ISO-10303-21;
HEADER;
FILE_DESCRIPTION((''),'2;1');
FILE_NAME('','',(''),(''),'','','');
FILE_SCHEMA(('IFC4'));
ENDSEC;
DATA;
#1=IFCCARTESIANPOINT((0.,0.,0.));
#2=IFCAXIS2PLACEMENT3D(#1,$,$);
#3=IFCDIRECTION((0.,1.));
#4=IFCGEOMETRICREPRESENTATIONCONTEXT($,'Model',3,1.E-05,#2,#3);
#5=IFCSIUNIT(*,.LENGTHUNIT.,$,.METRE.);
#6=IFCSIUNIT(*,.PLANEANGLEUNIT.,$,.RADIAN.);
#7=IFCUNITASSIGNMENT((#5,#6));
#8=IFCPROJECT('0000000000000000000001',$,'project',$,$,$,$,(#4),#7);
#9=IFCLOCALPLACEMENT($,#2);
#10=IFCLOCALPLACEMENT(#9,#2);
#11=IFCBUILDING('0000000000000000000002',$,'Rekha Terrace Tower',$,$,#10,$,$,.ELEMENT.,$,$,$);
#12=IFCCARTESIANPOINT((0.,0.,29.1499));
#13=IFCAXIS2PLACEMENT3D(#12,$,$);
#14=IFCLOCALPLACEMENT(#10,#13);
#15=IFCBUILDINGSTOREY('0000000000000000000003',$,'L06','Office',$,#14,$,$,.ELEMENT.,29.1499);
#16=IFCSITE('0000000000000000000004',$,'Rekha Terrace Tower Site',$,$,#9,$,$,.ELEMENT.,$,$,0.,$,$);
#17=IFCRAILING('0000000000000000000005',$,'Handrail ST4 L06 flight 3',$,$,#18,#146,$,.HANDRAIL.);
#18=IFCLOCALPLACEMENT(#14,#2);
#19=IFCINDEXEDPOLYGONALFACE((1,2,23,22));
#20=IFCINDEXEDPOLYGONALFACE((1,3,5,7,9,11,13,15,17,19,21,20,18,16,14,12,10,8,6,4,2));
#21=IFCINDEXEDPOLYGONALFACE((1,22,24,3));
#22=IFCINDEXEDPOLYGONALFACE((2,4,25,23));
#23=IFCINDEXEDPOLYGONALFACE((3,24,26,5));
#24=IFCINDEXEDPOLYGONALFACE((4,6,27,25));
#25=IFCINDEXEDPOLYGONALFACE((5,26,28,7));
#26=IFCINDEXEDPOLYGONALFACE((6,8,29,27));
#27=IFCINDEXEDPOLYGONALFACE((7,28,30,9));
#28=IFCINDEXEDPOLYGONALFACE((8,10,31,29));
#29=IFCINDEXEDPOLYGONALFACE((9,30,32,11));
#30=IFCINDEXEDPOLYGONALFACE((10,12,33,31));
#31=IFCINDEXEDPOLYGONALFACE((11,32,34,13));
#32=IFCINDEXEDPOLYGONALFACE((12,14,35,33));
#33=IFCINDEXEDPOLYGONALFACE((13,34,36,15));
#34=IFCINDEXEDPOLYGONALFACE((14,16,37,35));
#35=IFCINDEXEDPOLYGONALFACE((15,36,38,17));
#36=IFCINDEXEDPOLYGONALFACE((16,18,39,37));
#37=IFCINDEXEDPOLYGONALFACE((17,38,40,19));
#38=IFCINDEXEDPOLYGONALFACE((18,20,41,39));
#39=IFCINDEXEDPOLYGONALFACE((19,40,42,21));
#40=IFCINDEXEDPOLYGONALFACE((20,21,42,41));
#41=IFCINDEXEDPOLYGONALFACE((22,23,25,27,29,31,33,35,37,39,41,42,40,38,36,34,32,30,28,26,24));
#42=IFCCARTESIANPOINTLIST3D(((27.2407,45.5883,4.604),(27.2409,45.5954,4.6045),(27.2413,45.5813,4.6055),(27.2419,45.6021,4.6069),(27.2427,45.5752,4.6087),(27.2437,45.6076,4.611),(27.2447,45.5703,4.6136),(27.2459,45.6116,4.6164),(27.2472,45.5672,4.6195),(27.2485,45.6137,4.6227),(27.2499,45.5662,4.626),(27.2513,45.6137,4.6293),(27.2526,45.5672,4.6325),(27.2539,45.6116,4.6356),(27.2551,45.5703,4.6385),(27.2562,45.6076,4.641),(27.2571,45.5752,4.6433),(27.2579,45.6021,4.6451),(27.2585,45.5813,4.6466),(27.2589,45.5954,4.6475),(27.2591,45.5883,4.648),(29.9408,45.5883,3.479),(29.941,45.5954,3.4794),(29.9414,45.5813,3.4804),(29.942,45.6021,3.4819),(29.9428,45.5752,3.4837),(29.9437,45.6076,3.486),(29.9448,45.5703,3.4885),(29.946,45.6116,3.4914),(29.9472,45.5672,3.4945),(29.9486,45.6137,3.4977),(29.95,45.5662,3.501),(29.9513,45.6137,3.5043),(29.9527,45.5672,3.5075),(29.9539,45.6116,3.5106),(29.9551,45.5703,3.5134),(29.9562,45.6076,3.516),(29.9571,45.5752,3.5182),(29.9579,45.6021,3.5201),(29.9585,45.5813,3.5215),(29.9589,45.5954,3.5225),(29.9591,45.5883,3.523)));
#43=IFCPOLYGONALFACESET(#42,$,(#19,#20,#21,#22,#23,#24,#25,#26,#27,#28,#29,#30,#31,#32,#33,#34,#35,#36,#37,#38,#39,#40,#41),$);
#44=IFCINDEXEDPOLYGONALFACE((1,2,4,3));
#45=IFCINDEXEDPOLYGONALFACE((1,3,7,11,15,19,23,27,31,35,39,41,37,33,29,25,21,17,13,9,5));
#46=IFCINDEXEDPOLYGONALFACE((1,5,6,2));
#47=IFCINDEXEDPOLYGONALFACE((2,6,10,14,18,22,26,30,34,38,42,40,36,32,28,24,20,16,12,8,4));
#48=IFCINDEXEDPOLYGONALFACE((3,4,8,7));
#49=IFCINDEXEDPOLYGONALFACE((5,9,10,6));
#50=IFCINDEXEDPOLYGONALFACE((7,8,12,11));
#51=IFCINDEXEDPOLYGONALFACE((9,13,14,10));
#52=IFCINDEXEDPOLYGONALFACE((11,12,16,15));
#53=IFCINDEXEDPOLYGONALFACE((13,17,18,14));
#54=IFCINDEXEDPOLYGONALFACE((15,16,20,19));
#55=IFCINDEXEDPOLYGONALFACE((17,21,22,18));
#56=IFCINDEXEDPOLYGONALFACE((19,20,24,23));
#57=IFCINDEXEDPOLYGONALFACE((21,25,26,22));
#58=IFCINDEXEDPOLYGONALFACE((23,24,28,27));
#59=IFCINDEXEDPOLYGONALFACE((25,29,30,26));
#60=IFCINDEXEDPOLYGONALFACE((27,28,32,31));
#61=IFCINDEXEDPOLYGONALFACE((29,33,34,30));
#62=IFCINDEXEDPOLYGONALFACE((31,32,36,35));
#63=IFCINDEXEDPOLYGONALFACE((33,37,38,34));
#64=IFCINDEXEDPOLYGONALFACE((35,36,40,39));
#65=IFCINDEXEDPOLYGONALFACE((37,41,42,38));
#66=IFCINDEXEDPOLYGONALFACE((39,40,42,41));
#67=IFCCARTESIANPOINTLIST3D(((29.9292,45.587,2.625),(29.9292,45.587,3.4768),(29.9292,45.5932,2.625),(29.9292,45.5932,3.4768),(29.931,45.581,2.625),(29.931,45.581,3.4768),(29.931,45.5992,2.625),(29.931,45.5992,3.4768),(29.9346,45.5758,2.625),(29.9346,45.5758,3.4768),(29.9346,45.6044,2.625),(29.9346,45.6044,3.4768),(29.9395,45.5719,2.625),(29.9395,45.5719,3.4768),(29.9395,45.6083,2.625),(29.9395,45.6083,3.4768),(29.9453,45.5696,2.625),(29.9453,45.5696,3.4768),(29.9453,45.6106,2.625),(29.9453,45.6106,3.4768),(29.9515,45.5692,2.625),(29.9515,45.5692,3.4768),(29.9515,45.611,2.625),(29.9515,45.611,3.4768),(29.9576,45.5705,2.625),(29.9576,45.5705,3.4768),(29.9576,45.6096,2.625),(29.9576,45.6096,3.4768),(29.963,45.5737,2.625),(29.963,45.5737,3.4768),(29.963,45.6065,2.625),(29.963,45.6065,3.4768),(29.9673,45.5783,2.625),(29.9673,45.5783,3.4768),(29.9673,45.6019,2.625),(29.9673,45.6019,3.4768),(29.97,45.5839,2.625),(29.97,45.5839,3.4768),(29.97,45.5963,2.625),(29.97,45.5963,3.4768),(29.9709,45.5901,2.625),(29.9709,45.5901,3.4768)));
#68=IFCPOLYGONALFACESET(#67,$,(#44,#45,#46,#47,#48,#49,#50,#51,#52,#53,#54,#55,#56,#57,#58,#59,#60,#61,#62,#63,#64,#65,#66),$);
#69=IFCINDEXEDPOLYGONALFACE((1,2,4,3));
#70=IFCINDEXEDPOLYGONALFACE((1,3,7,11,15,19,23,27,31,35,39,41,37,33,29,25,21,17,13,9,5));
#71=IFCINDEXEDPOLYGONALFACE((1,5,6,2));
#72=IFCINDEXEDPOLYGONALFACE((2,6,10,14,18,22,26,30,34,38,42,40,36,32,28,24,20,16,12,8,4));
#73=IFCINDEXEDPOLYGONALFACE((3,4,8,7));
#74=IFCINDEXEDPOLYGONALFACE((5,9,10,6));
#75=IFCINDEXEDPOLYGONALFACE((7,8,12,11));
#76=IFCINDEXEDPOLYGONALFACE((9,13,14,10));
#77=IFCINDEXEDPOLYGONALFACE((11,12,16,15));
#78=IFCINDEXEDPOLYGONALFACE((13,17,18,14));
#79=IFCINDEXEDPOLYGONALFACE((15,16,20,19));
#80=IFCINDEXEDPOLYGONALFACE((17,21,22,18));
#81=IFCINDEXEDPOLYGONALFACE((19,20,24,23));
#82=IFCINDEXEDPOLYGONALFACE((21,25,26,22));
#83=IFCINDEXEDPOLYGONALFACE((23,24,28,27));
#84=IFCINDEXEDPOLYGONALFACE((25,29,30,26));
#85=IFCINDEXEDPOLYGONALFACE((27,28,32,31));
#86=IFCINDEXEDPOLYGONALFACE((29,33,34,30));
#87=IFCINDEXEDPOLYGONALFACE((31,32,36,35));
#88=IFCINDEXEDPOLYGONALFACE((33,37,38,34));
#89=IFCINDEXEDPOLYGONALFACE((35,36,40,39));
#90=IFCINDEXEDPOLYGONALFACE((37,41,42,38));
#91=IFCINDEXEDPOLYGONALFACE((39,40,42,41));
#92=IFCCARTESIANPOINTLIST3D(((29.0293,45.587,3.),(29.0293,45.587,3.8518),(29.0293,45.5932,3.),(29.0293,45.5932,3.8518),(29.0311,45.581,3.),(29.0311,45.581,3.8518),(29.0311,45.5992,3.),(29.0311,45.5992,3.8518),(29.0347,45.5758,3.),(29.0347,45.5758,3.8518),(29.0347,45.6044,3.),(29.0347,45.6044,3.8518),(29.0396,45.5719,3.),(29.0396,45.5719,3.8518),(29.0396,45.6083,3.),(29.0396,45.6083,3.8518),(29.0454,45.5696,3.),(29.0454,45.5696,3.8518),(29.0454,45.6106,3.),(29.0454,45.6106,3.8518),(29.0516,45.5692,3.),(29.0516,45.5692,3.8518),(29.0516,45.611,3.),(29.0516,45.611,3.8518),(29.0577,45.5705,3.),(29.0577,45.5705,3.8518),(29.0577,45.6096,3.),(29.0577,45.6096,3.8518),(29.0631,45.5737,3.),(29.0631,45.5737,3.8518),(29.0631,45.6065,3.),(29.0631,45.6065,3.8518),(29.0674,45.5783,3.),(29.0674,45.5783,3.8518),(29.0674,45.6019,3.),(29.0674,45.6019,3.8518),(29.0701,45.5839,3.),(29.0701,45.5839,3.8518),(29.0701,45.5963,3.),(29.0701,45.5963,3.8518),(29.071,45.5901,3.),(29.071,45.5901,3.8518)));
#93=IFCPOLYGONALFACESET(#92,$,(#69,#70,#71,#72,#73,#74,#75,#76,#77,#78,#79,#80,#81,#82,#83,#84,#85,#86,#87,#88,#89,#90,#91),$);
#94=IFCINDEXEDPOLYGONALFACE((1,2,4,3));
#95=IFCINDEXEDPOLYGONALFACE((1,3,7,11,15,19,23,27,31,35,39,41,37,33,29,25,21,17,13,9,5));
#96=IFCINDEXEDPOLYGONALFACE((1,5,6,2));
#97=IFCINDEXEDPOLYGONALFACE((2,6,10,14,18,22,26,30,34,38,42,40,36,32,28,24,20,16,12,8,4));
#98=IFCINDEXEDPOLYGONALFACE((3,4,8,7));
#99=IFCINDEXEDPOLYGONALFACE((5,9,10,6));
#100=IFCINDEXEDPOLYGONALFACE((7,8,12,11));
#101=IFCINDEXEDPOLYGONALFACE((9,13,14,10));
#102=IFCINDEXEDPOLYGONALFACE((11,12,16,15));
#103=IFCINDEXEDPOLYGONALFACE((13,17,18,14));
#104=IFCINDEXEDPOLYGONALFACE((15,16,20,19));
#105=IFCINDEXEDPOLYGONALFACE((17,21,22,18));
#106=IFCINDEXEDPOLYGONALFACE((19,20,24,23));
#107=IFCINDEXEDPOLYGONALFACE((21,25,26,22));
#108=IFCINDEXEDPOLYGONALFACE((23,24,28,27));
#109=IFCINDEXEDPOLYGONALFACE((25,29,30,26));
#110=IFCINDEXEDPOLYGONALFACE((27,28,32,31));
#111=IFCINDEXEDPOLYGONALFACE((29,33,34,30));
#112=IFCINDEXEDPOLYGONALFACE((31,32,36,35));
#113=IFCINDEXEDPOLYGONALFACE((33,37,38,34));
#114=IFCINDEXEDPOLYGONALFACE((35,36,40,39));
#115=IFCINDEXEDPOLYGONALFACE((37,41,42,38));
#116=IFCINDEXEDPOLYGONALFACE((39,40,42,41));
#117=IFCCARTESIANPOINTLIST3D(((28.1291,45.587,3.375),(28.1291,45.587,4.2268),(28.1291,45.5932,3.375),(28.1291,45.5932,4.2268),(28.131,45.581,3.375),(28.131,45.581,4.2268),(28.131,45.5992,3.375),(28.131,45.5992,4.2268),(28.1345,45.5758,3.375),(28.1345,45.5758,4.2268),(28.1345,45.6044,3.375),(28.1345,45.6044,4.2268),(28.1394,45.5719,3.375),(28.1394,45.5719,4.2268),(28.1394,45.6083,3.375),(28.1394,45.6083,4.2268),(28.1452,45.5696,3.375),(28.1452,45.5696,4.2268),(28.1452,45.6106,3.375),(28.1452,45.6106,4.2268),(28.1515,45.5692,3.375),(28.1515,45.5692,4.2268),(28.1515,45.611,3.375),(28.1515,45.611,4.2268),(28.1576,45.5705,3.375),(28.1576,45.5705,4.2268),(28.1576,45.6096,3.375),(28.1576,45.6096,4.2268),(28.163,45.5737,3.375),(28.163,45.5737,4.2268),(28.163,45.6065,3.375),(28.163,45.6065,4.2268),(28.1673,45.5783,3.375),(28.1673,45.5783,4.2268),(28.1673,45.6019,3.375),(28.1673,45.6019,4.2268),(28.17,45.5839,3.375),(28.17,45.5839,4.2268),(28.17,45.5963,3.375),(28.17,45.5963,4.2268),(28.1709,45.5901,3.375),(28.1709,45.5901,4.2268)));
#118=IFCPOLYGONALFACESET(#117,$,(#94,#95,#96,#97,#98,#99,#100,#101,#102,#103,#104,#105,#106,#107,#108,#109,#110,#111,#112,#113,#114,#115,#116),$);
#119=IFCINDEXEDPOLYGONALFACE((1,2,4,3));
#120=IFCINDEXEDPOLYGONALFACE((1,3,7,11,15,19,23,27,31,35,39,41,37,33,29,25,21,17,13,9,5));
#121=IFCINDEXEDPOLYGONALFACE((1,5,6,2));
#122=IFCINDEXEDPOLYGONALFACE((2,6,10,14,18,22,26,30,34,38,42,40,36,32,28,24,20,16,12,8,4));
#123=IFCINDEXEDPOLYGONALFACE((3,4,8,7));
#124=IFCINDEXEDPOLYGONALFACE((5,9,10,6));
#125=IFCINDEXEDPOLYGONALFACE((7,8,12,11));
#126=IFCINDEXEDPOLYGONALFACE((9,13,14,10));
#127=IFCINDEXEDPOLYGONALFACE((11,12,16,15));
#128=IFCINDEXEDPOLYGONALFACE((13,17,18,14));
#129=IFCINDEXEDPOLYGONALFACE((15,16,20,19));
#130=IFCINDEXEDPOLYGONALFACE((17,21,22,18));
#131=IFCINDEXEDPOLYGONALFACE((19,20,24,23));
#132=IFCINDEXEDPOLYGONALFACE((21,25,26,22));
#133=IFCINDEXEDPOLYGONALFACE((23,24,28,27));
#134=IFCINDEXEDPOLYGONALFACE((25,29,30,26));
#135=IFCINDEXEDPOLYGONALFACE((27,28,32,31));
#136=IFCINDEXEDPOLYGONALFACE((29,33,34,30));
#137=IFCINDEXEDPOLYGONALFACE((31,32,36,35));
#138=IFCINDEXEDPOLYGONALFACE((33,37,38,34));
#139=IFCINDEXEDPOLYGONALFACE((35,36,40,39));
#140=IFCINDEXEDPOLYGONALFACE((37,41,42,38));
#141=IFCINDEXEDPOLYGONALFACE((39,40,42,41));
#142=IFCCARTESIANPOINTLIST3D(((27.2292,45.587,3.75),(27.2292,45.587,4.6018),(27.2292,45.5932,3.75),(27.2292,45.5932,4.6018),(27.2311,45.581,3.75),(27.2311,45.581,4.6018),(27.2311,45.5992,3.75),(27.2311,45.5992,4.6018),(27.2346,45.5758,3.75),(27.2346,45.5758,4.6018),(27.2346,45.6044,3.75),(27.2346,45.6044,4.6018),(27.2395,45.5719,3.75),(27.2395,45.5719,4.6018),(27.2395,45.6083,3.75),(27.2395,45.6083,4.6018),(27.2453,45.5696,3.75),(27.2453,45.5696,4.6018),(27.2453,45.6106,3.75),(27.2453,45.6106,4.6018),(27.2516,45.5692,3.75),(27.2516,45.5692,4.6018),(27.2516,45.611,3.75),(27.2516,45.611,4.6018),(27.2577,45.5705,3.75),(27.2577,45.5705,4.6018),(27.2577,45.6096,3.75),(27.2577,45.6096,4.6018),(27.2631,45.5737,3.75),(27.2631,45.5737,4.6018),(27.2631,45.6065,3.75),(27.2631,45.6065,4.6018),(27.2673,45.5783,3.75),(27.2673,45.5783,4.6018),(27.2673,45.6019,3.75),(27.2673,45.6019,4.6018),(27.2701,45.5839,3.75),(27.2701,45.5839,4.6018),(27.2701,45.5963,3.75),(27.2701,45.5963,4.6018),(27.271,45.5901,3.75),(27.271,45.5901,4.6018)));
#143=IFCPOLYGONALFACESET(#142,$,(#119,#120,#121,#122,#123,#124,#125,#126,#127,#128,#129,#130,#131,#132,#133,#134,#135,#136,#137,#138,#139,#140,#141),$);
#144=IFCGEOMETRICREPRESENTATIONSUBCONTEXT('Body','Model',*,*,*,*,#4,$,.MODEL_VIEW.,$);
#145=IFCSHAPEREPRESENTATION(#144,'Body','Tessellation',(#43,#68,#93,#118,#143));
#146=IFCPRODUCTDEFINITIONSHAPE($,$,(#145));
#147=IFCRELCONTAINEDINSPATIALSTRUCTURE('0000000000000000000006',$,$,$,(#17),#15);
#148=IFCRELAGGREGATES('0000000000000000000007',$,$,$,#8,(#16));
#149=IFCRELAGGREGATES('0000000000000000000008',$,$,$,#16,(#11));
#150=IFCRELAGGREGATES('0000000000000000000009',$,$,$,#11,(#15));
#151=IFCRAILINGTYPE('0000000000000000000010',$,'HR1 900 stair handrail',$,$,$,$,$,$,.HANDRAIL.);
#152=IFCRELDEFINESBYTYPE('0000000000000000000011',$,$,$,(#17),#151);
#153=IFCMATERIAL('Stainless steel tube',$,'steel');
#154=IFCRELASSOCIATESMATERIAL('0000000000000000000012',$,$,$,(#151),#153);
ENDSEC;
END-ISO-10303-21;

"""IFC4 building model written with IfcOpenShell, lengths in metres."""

from ifc_helpers import new_model, si_unit, direction, frame, origin, origin_2d, place, context, subcontext, project, spatial, circle, extrude, material, type_object, element, save


model = new_model("IFC4")

# Units and contexts
model_context = context("Model", 3, precision=1e-05, world=origin(), true_north=direction((0.0, 1.0)))
body_context = subcontext(model_context, "Body", "Model", "MODEL_VIEW")
ifc_project = project(units=[si_unit("LENGTHUNIT", "METRE"), si_unit("PLANEANGLEUNIT", "RADIAN")], contexts=[model_context])

# Site, building, storey
site_placement = place(None, origin())
site = spatial("IfcSite", under=ifc_project, at=site_placement, Name="Rekha Terrace Tower Site", CompositionType="ELEMENT", RefElevation=0.0)
building_placement = place(site_placement, origin())
building = spatial("IfcBuilding", under=site, at=building_placement, Name="Rekha Terrace Tower", CompositionType="ELEMENT")
storey_placement = place(building_placement, frame((0.0, 0.0, 29.1499)))
storey = spatial("IfcBuildingStorey", under=building, at=storey_placement, Name="L06", Description="Office", CompositionType="ELEMENT", Elevation=29.1499)

# Railing
ifc_material_1 = material(Name="Stainless steel tube", Category="steel")
railing_type_1 = type_object("IfcRailingType", Name="HR1 900 stair handrail", PredefinedType="HANDRAIL", material=ifc_material_1)
railing_1_placement = place(storey_placement, frame((29.95, 45.5901, 2.625)))
element("IfcRailing", 1, at=railing_1_placement, inside=storey, type_object=railing_type_1, Name="Handrail ST4 L06 flight 3", PredefinedType="HANDRAIL", context=body_context, shape_type="SweptSolid", body=[
    extrude(circle(Radius=0.0239, at=origin_2d()), frame((0.0, 0.0, 0.876), z_axis=(-0.923074, 0.0, 0.384621), x_axis=(0.0, -1.0, 0.0)), (0.0, 0.0, 1.0), 2.925),
    extrude(circle(Radius=0.021, at=origin_2d()), origin(), (0.0, 0.0, 1.0), 0.8518),
    extrude(circle(Radius=0.021, at=origin_2d()), frame((-0.8999, 0.0, 0.375)), (0.0, 0.0, 1.0), 0.8518),
    extrude(circle(Radius=0.021, at=origin_2d()), frame((-1.8, 0.0, 0.75)), (0.0, 0.0, 1.0), 0.8518),
    extrude(circle(Radius=0.021, at=origin_2d()), frame((-2.7, 0.0, 1.125)), (0.0, 0.0, 1.0), 0.8518),
])

save(model, "model.ifc")
